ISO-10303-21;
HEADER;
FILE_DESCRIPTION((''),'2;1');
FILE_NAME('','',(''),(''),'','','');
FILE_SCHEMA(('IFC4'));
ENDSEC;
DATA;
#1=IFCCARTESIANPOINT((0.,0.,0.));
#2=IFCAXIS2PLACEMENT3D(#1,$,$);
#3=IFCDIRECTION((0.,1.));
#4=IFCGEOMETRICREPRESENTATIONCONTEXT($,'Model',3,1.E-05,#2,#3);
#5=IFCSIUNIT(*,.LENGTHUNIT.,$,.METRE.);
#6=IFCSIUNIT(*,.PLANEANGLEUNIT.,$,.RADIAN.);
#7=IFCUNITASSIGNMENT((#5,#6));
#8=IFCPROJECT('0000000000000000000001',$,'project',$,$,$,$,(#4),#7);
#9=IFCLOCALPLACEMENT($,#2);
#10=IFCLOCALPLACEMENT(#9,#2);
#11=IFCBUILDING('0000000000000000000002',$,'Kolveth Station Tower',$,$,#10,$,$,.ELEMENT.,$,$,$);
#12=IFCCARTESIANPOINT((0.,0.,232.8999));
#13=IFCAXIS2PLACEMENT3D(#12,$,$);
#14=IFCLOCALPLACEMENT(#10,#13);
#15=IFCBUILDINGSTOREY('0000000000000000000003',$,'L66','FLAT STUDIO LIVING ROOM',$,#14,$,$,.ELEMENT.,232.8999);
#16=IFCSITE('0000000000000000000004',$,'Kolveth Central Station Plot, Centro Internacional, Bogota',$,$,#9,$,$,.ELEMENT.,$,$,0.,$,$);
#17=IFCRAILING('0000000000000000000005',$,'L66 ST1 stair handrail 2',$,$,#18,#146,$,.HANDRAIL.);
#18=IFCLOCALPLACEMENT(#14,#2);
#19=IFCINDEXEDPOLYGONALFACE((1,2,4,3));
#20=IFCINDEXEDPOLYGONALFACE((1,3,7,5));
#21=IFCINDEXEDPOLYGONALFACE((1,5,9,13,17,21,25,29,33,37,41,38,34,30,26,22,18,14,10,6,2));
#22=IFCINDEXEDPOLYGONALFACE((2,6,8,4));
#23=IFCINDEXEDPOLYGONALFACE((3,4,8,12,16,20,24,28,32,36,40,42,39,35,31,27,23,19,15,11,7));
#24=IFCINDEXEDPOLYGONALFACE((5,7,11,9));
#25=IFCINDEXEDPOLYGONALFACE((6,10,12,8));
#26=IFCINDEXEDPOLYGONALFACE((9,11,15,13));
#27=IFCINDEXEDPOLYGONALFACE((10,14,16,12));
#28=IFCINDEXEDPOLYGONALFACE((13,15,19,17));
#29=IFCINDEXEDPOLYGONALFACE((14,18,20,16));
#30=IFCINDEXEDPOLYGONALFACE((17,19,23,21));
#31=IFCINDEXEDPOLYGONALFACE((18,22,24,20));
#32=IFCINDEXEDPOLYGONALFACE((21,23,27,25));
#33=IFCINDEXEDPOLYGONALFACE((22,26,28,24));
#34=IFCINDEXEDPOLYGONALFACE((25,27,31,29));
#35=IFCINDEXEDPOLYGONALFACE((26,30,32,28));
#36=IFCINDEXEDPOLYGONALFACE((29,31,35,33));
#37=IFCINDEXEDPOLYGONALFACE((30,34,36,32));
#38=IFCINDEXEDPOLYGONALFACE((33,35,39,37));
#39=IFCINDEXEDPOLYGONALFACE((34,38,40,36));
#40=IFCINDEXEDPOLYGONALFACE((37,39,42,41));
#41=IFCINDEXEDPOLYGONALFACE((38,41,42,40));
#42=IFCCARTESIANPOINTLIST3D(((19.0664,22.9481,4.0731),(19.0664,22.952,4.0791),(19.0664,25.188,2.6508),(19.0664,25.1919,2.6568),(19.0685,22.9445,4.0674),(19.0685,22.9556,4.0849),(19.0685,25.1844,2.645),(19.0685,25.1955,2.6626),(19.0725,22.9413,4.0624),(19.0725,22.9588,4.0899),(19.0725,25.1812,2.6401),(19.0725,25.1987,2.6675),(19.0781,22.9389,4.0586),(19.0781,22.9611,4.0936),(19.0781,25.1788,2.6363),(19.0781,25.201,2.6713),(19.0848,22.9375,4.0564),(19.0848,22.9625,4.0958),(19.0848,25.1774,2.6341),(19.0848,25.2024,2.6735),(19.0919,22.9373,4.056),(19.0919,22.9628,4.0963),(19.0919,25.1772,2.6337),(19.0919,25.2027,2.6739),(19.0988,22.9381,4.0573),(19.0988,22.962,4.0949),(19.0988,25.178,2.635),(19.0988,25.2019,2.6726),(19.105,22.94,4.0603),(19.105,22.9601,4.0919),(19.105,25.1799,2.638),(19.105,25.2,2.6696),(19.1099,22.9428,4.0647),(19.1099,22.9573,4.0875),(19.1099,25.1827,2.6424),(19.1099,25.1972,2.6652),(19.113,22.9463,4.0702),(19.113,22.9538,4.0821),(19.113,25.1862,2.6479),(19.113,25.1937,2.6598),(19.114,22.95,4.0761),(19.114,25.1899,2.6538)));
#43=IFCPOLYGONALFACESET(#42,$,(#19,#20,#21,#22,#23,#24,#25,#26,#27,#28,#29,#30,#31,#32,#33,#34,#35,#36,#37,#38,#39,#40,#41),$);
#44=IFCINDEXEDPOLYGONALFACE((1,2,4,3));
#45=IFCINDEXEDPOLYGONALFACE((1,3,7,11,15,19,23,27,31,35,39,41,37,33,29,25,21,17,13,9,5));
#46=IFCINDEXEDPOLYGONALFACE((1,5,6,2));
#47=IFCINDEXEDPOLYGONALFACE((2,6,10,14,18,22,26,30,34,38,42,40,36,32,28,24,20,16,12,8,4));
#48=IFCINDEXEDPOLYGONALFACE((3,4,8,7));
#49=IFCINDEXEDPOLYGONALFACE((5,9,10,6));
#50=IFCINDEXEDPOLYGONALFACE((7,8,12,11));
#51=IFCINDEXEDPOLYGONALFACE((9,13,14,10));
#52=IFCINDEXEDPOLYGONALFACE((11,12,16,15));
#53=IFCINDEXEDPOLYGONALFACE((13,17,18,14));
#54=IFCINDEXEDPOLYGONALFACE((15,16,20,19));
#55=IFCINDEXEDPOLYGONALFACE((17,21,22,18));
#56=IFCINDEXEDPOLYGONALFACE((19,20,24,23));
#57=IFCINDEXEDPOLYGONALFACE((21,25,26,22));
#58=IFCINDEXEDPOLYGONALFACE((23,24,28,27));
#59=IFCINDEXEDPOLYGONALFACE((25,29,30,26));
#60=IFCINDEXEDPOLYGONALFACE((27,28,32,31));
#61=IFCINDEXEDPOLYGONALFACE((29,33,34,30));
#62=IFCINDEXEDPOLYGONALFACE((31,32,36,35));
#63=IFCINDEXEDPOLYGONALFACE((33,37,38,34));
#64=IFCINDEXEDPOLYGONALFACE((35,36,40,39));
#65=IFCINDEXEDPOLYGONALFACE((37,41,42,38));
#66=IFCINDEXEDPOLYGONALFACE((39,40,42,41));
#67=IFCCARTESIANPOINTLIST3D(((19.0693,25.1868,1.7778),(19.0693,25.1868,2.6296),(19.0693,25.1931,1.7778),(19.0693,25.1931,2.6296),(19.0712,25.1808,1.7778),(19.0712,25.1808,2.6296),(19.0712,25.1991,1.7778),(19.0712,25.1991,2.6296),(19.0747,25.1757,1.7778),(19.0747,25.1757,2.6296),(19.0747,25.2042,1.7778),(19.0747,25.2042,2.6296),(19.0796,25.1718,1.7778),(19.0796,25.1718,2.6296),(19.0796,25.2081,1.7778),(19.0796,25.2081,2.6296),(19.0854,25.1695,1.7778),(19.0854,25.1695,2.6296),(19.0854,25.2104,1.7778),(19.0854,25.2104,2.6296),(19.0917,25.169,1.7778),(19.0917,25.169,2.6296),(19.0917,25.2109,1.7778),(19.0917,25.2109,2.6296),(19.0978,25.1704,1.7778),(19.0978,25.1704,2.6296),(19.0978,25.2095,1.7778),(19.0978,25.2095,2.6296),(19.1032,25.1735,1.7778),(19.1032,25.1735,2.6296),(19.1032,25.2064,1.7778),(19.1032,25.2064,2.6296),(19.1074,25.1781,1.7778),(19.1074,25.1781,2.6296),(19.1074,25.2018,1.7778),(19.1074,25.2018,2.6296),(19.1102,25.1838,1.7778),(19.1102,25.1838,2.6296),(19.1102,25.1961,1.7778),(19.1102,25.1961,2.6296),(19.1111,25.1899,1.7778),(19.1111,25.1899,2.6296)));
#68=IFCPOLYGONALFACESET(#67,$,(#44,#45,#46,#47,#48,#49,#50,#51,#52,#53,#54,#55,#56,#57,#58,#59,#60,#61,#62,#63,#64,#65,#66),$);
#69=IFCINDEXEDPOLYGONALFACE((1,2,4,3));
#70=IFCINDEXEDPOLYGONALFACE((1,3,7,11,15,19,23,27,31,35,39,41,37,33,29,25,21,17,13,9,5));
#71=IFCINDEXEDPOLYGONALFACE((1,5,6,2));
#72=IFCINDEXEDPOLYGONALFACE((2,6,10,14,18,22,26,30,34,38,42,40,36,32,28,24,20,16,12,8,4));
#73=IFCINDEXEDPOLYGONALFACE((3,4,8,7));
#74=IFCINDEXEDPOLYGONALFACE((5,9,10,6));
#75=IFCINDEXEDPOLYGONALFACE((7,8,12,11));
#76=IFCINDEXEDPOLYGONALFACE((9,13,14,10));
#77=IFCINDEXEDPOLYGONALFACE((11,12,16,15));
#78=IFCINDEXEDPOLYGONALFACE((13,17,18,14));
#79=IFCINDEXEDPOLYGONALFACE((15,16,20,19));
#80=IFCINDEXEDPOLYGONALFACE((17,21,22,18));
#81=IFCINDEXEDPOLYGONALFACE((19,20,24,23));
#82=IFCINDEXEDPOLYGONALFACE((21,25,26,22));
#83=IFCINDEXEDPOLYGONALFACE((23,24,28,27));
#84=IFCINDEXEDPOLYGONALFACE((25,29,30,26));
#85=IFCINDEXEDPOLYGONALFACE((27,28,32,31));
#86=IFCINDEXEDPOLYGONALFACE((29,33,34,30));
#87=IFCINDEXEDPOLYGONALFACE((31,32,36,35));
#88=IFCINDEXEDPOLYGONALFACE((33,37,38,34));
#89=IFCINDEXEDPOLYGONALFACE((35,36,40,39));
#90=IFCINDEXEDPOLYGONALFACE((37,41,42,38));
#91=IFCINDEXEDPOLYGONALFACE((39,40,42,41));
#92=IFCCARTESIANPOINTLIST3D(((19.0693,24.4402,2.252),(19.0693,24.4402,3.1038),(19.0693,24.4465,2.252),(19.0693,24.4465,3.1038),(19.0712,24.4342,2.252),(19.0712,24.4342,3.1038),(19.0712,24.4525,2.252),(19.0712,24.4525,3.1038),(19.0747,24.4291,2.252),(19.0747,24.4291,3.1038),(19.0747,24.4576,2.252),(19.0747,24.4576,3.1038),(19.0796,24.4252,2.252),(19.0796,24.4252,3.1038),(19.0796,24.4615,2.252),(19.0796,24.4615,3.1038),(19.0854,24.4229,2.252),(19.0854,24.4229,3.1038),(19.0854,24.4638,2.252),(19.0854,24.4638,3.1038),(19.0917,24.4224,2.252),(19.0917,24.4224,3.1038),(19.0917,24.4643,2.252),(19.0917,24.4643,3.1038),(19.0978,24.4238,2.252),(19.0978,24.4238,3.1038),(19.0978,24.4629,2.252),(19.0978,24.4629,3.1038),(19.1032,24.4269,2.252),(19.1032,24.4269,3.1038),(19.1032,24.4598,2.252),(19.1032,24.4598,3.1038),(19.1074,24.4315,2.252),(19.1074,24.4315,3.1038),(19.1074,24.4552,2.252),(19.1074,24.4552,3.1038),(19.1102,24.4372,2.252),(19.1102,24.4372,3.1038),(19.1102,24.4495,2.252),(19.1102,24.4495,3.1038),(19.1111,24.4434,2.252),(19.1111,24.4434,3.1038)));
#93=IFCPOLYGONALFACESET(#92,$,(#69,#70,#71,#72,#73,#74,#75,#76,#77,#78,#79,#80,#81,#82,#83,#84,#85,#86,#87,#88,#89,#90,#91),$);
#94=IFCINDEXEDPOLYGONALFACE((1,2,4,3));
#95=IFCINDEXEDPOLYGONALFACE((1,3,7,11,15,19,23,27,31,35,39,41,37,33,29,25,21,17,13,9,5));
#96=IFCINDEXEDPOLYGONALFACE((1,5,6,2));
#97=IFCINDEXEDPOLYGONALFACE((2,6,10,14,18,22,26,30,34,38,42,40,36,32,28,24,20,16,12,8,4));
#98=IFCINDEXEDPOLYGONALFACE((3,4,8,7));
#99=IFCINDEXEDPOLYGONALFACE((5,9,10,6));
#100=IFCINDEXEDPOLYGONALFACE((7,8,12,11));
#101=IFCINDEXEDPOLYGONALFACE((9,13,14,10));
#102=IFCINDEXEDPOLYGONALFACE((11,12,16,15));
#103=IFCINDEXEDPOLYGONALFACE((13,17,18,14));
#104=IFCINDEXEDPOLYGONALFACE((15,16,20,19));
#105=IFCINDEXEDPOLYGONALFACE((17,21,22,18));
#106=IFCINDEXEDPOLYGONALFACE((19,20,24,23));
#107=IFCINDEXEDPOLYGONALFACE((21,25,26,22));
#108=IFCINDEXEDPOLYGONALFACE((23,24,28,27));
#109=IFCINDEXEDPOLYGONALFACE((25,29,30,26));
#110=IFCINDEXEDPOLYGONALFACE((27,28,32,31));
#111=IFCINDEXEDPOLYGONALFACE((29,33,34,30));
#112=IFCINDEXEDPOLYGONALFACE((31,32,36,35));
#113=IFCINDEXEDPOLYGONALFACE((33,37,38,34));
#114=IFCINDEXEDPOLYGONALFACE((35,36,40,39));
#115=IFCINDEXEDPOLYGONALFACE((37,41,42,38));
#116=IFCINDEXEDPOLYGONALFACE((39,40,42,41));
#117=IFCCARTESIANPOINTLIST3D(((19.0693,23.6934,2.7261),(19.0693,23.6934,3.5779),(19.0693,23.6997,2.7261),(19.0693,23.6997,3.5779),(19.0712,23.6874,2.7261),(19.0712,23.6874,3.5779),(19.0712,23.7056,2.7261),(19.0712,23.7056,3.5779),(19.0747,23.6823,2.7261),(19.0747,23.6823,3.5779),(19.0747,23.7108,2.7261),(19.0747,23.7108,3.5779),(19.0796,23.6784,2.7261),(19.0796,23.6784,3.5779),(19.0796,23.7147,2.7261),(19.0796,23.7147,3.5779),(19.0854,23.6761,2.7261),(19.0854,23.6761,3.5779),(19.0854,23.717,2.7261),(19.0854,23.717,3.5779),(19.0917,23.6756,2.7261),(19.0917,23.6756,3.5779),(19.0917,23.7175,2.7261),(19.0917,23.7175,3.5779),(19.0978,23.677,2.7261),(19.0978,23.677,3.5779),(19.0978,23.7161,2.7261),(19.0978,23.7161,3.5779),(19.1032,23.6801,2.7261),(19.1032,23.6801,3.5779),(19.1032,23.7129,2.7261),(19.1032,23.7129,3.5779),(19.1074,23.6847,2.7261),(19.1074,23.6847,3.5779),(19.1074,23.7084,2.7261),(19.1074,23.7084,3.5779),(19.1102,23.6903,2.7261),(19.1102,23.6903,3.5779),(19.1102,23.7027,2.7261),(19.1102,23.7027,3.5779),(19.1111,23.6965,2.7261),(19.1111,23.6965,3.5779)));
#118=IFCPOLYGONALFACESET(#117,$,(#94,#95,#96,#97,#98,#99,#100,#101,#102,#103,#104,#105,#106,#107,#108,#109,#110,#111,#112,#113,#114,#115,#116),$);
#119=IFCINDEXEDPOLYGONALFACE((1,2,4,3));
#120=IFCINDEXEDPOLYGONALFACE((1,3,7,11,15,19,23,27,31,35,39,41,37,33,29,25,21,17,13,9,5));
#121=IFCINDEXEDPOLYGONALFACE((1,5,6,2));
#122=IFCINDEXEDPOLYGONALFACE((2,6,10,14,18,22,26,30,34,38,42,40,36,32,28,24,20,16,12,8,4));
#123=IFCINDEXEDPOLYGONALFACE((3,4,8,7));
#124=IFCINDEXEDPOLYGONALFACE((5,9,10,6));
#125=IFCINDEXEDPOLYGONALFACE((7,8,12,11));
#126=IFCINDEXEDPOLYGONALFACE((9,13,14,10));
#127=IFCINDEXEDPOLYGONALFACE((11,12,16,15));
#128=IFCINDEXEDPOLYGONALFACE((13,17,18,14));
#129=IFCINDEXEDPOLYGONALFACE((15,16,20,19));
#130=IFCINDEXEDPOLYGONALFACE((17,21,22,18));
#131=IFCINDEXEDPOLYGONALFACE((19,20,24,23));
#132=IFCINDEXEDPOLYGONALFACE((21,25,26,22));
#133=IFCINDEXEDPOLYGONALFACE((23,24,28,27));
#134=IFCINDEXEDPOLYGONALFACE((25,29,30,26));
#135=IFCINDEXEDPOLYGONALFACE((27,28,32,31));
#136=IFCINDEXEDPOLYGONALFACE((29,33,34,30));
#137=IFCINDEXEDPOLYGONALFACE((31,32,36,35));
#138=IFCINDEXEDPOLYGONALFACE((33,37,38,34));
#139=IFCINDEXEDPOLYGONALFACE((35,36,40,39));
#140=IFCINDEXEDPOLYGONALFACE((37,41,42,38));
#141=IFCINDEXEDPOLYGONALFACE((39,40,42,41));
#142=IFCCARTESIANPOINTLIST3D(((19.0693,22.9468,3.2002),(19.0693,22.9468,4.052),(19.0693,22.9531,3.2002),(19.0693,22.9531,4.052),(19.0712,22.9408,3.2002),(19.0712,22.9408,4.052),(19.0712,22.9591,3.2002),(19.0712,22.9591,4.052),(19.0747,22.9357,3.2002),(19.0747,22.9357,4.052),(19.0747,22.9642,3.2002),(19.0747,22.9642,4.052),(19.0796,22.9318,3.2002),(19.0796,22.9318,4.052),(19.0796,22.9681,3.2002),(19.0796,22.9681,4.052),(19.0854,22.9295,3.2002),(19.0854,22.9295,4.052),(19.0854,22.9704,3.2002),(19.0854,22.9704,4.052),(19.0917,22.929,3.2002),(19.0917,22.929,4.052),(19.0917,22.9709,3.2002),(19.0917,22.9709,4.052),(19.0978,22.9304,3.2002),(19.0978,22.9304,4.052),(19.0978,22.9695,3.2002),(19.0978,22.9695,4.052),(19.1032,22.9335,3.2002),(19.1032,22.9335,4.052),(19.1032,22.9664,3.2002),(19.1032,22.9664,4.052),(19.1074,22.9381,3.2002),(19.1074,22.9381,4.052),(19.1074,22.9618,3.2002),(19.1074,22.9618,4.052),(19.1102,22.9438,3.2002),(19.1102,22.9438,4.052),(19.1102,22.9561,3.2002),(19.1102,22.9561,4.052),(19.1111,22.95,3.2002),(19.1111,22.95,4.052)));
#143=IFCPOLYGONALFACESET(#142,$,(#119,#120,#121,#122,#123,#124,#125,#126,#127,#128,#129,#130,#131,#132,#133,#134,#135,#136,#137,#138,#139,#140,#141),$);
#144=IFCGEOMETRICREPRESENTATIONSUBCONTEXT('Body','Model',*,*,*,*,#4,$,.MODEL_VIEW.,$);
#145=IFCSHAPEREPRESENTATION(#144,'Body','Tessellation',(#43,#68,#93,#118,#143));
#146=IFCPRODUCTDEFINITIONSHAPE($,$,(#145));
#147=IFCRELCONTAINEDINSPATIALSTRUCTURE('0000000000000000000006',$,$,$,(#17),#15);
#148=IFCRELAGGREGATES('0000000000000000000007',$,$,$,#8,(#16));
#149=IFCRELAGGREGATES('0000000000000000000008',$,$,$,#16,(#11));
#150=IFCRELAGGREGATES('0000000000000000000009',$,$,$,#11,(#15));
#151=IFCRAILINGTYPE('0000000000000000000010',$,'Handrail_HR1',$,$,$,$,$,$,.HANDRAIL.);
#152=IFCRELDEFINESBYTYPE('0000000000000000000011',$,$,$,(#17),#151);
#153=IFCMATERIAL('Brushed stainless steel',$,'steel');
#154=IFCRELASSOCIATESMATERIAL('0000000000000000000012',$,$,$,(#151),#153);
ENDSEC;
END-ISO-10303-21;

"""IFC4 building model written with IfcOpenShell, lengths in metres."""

from ifc_helpers import new_model, si_unit, direction, frame, origin, origin_2d, place, context, subcontext, project, spatial, circle, extrude, material, type_object, element, save


model = new_model("IFC4")

# Units and contexts
model_context = context("Model", 3, precision=1e-05, world=origin(), true_north=direction((0.0, 1.0)))
body_context = subcontext(model_context, "Body", "Model", "MODEL_VIEW")
ifc_project = project(units=[si_unit("LENGTHUNIT", "METRE"), si_unit("PLANEANGLEUNIT", "RADIAN")], contexts=[model_context])

# Site, building, storey
site_placement = place(None, origin())
site = spatial("IfcSite", under=ifc_project, at=site_placement, Name="Kolveth Central Station Plot, Centro Internacional, Bogota", CompositionType="ELEMENT", RefElevation=0.0)
building_placement = place(site_placement, origin())
building = spatial("IfcBuilding", under=site, at=building_placement, Name="Kolveth Station Tower", CompositionType="ELEMENT")
storey_placement = place(building_placement, frame((0.0, 0.0, 232.8999)))
storey = spatial("IfcBuildingStorey", under=building, at=storey_placement, Name="L66", Description="FLAT STUDIO LIVING ROOM", CompositionType="ELEMENT", Elevation=232.8999)

# Railing
ifc_material_1 = material(Name="Brushed stainless steel", Category="steel")
railing_type_1 = type_object("IfcRailingType", Name="Handrail_HR1", PredefinedType="HANDRAIL", material=ifc_material_1)
railing_1_placement = place(storey_placement, frame((19.0901, 25.1899, 1.7778)))
element("IfcRailing", 1, at=railing_1_placement, inside=storey, type_object=railing_type_1, Name="L66 ST1 stair handrail 2", PredefinedType="HANDRAIL", context=body_context, shape_type="SweptSolid", body=[
    extrude(circle(Radius=0.0239, at=origin_2d()), frame((0.0, 0.0, 0.876), z_axis=(0.0, -0.844188, 0.536048), x_axis=(1.0, 0.0, 0.0)), (0.0, 0.0, 1.0), 2.6533),
    extrude(circle(Radius=0.021, at=origin_2d()), origin(), (0.0, 0.0, 1.0), 0.8518),
    extrude(circle(Radius=0.021, at=origin_2d()), frame((0.0, -0.7466, 0.4741)), (0.0, 0.0, 1.0), 0.8518),
    extrude(circle(Radius=0.021, at=origin_2d()), frame((0.0, -1.4934, 0.9482)), (0.0, 0.0, 1.0), 0.8518),
    extrude(circle(Radius=0.021, at=origin_2d()), frame((0.0, -2.24, 1.4224)), (0.0, 0.0, 1.0), 0.8518),
])

save(model, "model.ifc")
